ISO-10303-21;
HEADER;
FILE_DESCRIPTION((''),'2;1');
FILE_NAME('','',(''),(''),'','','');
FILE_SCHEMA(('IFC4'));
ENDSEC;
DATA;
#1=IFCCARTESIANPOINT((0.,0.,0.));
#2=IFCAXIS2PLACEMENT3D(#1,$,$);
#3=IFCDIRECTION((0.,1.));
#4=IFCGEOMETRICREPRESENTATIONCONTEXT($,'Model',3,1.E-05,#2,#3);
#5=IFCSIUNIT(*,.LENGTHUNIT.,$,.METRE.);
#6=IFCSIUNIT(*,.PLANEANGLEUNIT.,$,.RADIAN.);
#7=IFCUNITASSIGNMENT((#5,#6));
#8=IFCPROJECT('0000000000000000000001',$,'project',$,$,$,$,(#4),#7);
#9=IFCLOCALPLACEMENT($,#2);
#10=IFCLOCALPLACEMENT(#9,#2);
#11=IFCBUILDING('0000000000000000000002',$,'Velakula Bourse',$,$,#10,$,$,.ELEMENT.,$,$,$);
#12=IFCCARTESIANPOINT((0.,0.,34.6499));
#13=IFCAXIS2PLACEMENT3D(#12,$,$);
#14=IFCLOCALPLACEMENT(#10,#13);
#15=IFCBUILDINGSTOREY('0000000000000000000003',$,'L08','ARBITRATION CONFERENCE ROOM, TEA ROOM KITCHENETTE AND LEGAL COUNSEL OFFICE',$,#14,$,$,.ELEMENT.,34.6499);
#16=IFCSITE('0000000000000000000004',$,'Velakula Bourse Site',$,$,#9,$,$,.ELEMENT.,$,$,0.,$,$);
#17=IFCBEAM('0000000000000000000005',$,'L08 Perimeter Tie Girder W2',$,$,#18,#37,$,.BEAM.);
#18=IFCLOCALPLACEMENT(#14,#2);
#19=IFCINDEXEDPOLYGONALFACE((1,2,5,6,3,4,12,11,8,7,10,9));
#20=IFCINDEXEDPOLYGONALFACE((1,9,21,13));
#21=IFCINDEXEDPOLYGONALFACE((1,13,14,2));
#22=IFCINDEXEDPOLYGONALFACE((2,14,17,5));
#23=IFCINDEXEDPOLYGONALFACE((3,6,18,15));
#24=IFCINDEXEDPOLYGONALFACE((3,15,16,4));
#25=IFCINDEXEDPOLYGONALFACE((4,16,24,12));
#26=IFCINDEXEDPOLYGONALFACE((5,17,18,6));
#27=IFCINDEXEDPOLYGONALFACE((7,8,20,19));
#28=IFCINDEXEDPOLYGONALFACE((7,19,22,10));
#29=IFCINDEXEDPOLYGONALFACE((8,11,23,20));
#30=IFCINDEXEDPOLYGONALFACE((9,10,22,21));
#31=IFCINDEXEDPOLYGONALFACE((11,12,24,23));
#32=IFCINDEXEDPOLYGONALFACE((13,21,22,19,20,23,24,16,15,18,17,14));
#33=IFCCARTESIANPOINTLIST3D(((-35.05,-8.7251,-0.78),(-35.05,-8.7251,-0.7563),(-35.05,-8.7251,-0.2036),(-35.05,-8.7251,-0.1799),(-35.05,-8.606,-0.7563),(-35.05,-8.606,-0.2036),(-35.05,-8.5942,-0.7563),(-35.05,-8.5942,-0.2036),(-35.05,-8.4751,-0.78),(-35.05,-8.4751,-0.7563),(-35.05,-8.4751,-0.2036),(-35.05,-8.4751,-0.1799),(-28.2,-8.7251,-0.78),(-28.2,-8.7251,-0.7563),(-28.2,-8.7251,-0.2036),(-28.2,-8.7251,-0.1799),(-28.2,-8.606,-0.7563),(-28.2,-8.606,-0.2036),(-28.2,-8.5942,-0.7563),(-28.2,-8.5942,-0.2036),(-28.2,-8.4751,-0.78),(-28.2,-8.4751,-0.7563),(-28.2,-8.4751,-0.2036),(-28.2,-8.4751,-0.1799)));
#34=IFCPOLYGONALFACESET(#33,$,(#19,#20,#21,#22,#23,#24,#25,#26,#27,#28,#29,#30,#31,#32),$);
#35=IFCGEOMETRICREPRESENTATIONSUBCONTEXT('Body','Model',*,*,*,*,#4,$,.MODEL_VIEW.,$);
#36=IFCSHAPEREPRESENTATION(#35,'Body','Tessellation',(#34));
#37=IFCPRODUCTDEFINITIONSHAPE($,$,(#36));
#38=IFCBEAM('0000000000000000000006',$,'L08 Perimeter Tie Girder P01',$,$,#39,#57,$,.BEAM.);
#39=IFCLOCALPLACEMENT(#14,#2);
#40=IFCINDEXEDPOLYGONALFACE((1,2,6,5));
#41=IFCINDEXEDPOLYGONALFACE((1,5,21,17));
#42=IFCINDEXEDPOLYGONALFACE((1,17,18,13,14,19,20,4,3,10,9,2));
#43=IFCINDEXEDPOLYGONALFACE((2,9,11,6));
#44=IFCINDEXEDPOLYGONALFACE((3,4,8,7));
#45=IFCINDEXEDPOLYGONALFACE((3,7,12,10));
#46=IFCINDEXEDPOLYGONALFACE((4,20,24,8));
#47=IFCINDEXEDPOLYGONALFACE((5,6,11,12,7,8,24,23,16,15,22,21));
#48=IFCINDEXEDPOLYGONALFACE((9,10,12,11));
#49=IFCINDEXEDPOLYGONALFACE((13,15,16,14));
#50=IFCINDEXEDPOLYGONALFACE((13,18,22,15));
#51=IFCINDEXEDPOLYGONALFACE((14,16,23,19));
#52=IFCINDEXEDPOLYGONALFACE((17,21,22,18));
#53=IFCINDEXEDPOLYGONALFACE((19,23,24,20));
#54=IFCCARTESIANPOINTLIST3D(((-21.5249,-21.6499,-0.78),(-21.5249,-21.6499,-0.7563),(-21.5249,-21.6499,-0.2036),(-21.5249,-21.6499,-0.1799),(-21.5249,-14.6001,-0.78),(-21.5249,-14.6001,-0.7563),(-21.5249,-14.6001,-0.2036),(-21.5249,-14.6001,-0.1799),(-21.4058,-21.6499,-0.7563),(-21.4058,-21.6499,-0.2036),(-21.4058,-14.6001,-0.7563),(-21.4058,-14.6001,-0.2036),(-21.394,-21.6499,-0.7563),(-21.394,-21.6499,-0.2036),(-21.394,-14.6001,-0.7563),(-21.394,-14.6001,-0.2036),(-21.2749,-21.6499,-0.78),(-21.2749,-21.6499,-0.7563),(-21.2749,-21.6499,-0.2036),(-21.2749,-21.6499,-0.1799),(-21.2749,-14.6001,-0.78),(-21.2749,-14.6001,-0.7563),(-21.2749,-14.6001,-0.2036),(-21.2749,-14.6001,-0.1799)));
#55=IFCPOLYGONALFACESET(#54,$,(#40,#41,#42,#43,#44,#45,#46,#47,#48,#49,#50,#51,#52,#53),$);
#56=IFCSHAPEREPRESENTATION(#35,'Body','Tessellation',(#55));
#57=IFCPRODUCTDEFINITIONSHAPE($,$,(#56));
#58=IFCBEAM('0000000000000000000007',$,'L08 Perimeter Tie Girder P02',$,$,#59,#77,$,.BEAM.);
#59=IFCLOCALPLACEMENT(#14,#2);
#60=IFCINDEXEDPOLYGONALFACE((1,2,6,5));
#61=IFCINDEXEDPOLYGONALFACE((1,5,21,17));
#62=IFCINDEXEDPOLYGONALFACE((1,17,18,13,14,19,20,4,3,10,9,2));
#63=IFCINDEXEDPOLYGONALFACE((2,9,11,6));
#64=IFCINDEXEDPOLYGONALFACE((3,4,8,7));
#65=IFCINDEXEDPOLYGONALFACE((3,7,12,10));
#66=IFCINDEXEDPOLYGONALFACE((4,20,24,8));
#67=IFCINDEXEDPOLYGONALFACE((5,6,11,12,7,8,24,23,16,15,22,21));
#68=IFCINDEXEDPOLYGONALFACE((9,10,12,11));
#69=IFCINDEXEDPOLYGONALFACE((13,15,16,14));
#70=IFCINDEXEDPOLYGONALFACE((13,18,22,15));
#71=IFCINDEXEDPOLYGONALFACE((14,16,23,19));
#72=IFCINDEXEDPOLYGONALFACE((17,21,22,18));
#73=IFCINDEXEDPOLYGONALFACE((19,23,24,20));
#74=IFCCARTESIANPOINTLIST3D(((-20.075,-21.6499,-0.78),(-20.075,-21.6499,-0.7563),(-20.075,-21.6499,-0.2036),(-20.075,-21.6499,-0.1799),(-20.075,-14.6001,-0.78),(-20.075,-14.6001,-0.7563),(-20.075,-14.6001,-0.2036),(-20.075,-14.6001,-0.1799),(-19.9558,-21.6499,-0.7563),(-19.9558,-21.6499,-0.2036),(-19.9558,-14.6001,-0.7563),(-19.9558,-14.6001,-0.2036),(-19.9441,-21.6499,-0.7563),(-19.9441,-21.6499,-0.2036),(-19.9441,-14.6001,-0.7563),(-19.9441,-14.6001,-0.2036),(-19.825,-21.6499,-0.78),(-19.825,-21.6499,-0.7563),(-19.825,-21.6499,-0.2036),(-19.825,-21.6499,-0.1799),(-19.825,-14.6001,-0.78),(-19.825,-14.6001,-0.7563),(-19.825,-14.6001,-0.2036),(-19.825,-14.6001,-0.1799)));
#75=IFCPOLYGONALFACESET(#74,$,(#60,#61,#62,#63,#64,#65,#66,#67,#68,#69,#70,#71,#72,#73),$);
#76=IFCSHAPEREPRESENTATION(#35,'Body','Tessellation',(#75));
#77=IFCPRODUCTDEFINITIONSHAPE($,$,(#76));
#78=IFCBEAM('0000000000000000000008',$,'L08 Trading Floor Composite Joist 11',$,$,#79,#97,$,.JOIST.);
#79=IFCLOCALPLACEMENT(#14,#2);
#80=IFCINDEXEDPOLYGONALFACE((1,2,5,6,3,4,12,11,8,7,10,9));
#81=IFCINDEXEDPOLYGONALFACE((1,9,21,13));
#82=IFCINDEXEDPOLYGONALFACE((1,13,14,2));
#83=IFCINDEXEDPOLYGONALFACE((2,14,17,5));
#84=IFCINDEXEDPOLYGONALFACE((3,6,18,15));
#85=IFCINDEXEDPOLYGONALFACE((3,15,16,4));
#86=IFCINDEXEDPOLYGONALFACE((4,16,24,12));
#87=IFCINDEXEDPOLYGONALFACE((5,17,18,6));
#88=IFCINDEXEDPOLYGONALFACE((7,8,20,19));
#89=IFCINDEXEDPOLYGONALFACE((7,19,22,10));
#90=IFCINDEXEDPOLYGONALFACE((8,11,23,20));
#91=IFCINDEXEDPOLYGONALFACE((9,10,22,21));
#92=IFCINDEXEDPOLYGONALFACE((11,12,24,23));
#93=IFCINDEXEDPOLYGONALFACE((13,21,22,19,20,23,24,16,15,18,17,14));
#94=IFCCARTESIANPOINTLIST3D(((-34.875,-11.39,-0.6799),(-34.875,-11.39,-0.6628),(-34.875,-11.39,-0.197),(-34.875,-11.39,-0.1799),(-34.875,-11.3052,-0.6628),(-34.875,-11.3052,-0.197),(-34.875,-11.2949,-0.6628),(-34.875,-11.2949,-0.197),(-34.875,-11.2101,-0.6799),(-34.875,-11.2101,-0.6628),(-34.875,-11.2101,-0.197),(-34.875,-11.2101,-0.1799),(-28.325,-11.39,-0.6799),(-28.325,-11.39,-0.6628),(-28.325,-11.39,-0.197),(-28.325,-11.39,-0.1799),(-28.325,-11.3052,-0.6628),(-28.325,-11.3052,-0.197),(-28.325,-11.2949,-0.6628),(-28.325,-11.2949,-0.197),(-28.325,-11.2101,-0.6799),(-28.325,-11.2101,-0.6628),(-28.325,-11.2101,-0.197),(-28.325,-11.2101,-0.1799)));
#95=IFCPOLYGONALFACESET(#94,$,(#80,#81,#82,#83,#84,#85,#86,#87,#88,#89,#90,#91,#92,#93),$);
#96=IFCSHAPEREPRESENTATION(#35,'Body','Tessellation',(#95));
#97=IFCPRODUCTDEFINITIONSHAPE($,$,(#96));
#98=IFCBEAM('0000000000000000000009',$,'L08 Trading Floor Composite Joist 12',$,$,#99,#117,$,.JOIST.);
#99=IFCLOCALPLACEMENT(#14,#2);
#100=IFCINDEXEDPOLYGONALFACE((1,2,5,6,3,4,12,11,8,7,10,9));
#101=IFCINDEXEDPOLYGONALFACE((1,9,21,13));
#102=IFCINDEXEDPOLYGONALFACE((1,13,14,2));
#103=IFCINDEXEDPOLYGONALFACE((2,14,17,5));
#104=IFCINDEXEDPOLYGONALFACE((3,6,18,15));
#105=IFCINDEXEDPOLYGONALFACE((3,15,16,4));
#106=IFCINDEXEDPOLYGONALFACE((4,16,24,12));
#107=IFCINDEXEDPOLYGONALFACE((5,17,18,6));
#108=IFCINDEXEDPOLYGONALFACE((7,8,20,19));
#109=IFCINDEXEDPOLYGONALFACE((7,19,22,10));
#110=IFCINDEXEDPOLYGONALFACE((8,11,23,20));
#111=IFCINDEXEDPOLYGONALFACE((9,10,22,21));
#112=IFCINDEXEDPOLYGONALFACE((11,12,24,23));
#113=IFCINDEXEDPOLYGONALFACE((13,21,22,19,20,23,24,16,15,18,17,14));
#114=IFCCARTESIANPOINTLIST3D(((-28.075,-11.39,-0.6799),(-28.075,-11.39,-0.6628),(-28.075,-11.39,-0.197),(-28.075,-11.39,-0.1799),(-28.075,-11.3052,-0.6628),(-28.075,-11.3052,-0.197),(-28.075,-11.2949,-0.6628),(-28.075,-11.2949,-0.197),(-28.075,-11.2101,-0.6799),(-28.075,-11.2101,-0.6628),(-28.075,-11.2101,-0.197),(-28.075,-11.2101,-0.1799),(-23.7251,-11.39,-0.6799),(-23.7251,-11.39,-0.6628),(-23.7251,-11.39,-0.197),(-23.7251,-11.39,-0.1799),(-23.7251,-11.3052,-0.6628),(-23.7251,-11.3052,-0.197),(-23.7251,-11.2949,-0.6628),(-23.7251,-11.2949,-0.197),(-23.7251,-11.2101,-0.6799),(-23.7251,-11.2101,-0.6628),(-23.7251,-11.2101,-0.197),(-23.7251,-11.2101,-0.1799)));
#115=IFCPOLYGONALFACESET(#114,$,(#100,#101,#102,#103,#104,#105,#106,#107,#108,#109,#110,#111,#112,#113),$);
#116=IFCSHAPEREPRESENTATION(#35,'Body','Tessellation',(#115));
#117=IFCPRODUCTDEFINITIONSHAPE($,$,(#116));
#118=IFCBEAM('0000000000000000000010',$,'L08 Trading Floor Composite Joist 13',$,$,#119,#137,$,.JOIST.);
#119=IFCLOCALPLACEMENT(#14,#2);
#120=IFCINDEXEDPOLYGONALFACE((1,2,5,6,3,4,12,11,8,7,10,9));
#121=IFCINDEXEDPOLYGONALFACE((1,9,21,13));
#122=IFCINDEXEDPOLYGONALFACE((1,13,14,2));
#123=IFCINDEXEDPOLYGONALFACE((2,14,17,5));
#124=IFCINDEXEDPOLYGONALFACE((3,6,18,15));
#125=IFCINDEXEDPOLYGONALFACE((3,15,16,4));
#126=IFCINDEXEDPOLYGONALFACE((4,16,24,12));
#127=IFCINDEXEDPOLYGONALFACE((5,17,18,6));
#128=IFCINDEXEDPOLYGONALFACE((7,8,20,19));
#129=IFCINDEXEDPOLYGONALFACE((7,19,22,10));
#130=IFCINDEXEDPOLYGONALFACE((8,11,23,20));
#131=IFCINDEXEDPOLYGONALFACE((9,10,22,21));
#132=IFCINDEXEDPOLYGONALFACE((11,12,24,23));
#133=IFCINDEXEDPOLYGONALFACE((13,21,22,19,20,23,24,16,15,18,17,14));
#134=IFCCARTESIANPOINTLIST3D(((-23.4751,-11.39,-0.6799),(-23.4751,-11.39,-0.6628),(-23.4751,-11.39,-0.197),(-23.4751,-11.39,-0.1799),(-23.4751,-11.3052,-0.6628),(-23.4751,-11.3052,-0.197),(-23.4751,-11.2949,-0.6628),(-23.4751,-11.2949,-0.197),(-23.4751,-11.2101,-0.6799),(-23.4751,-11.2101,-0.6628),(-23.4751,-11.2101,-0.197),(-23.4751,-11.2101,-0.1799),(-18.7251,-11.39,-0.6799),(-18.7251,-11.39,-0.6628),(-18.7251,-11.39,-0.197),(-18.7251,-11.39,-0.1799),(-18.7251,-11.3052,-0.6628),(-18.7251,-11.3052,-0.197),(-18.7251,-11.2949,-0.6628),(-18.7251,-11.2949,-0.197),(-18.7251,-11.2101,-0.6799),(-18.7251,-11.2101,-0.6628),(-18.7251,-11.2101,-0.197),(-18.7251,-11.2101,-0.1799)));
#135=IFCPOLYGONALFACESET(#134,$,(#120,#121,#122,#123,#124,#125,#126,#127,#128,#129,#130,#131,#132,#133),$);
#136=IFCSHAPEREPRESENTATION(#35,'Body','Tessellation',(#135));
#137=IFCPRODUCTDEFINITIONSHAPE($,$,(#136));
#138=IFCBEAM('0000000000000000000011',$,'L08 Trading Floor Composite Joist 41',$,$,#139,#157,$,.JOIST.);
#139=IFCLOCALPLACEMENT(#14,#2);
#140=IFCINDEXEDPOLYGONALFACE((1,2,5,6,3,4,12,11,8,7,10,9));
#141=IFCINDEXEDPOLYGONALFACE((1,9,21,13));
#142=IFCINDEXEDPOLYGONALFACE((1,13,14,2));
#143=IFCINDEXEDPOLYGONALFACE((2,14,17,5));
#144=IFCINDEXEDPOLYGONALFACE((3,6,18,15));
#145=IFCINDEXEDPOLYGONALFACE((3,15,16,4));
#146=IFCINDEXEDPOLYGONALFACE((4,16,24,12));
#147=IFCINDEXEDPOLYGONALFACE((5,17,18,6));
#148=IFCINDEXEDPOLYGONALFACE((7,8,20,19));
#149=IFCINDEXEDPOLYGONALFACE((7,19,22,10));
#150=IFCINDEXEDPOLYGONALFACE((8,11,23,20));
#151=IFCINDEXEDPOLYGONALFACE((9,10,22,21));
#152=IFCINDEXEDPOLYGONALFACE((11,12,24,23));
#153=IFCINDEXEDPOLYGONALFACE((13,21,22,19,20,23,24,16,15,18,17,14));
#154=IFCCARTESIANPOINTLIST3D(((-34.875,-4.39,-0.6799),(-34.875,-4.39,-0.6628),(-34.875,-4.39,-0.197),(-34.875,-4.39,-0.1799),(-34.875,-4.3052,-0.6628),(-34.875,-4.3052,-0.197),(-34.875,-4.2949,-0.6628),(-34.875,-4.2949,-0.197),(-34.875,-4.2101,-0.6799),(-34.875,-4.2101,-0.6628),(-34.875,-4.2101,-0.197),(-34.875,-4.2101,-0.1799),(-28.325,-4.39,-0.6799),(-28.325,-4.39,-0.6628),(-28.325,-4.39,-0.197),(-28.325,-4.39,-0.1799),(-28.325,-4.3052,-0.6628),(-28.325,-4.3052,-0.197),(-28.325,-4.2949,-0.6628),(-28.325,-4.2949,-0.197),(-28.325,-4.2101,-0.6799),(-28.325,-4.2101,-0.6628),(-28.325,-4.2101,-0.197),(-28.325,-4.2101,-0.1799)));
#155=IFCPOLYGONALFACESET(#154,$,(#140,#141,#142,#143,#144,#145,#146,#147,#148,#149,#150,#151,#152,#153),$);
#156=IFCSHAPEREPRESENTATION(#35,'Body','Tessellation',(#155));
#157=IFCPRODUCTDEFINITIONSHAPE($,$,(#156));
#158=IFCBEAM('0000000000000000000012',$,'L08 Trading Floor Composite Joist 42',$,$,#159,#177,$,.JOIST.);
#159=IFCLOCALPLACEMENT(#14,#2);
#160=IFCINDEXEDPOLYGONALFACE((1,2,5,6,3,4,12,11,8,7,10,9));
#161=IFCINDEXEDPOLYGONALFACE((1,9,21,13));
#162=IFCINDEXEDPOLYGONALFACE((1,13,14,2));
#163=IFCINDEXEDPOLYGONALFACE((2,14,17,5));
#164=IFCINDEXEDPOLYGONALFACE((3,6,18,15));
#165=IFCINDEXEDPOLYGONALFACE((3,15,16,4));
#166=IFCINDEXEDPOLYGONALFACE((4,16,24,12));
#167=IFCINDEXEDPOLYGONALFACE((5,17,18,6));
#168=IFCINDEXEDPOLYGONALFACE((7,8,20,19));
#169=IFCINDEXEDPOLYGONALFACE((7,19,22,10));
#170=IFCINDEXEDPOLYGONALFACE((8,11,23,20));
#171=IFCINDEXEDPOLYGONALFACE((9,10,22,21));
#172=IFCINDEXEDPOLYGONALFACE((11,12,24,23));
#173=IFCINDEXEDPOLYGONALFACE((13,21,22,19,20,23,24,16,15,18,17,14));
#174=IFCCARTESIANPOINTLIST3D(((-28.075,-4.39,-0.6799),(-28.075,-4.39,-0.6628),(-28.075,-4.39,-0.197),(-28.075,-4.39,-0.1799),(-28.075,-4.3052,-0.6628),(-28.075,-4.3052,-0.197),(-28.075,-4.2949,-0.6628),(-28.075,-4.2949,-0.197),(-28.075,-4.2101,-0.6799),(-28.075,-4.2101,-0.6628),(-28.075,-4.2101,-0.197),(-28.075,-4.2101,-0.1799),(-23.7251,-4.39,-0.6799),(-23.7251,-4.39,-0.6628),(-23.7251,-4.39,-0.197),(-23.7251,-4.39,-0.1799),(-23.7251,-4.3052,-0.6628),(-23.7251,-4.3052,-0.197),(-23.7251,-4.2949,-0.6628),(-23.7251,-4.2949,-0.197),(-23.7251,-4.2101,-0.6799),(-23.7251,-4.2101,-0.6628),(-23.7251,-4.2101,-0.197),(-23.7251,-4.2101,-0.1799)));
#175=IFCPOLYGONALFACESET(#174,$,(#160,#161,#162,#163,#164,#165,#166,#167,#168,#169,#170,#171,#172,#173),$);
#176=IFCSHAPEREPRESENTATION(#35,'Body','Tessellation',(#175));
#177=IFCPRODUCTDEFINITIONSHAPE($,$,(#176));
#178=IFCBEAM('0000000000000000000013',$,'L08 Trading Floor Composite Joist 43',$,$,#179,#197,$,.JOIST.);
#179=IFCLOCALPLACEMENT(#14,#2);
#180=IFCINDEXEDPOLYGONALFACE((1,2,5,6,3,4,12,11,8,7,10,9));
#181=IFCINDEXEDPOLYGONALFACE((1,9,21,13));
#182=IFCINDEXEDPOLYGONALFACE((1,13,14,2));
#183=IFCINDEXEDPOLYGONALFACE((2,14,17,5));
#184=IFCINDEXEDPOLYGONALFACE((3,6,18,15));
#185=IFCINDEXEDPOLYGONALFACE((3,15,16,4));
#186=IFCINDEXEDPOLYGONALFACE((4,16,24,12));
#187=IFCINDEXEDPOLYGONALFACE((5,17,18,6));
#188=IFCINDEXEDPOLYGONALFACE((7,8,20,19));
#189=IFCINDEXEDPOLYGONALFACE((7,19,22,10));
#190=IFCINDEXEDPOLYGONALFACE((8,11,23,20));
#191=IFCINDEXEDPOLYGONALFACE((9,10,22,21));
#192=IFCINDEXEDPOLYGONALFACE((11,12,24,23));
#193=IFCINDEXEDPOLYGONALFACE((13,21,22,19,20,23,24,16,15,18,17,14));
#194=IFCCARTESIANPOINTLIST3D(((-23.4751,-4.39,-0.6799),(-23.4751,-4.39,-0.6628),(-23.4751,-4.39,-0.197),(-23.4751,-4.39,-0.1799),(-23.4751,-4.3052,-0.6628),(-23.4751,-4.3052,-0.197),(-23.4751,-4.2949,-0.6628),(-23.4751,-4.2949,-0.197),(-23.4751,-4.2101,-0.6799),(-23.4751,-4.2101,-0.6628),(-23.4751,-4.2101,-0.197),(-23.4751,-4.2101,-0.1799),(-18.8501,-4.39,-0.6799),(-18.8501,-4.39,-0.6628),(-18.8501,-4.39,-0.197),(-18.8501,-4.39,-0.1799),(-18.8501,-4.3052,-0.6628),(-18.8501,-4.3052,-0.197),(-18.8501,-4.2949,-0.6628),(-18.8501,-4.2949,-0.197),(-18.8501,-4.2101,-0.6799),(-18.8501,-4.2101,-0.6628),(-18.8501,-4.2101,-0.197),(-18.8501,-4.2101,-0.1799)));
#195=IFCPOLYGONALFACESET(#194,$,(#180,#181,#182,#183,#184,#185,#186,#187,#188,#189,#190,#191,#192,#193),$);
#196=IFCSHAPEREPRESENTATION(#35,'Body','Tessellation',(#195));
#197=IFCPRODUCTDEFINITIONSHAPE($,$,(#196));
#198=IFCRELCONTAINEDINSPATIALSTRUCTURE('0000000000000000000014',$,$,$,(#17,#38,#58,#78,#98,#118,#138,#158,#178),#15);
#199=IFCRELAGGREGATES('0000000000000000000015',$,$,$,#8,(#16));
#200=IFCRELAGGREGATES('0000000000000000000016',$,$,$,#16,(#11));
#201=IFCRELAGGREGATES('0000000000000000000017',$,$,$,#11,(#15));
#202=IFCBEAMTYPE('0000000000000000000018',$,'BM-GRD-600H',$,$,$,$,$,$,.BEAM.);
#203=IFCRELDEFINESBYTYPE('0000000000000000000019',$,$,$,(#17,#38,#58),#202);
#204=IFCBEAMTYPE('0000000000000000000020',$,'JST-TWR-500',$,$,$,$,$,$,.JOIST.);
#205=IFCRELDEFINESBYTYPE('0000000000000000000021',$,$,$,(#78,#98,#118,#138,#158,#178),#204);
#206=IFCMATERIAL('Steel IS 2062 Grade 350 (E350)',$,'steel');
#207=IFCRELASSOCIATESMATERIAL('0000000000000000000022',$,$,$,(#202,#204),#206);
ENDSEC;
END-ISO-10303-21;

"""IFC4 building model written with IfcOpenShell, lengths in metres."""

from ifc_helpers import new_model, si_unit, direction, frame, origin, origin_2d, place, context, subcontext, project, spatial, i_section, extrude, material, material_profile, profile_set, type_object, element, save


model = new_model("IFC4")

# Units and contexts
model_context = context("Model", 3, precision=1e-05, world=origin(), true_north=direction((0.0, 1.0)))
body_context = subcontext(model_context, "Body", "Model", "MODEL_VIEW")
ifc_project = project(units=[si_unit("LENGTHUNIT", "METRE"), si_unit("PLANEANGLEUNIT", "RADIAN")], contexts=[model_context])

# Site, building, storey
site_placement = place(None, origin())
site = spatial("IfcSite", under=ifc_project, at=site_placement, Name="Velakula Bourse Site", CompositionType="ELEMENT", RefElevation=0.0)
building_placement = place(site_placement, origin())
building = spatial("IfcBuilding", under=site, at=building_placement, Name="Velakula Bourse", CompositionType="ELEMENT")
storey_placement = place(building_placement, frame((0.0, 0.0, 34.6499)))
storey = spatial("IfcBuildingStorey", under=building, at=storey_placement, Name="L08", Description="ARBITRATION CONFERENCE ROOM, TEA ROOM KITCHENETTE AND LEGAL COUNSEL OFFICE", CompositionType="ELEMENT", Elevation=34.6499)

# Beams
ifc_material_1 = material(Name="Steel IS 2062 Grade 350 (E350)", Category="steel")
ifc_material_profile_1 = material_profile(ifc_material_1, i_section(OverallWidth=0.25, OverallDepth=0.6001, WebThickness=0.0117, FlangeThickness=0.0237, at=origin_2d()), Name="Steel IS 2062 Grade 350 (E350)")
ifc_profile_set_1 = profile_set([ifc_material_profile_1], Name="Steel IS 2062 Grade 350 (E350)")
beam_type_1 = type_object("IfcBeamType", Name="BM-GRD-600H", PredefinedType="BEAM", material=ifc_profile_set_1)
beam_1_placement = place(storey_placement, frame((-28.2, -8.6001, -0.48), z_axis=(-1.0, 0.0, 0.0), x_axis=(0.0, -1.0, 0.0)))
element("IfcBeam", 1, at=beam_1_placement, inside=storey, type_object=beam_type_1, Name="L08 Perimeter Tie Girder W2", PredefinedType="BEAM", context=body_context, shape_type="SweptSolid", body=[
    extrude(i_section(OverallWidth=0.25, OverallDepth=0.6001, WebThickness=0.0117, FlangeThickness=0.0237, at=origin_2d()), origin(), (0.0, 0.0, 1.0), 6.8501),
])
for number, where, z_axis, x_axis, name in (
    (2, (-21.3999, -14.6001, -0.48), (0.0, -1.0, 0.0), (1.0, 0.0, 0.0), "L08 Perimeter Tie Girder P01"),
    (3, (-19.95, -14.6001, -0.48), (0.0, -1.0, 0.0), (1.0, 0.0, 0.0), "L08 Perimeter Tie Girder P02"),
):
    element("IfcBeam", number, at=place(storey_placement, frame(where, z_axis=z_axis, x_axis=x_axis)), inside=storey, type_object=beam_type_1, Name=name, PredefinedType="BEAM", context=body_context, shape_type="SweptSolid", body=[
        extrude(i_section(OverallWidth=0.25, OverallDepth=0.6001, WebThickness=0.0117, FlangeThickness=0.0237, at=origin_2d()), origin(), (0.0, 0.0, 1.0), 7.0498),
    ])
ifc_material_profile_2 = material_profile(ifc_material_1, i_section(OverallWidth=0.1799, OverallDepth=0.5, WebThickness=0.0103, FlangeThickness=0.0171, at=origin_2d()), Name="Steel IS 2062 Grade 350 (E350)")
ifc_profile_set_2 = profile_set([ifc_material_profile_2], Name="Steel IS 2062 Grade 350 (E350)")
beam_type_2 = type_object("IfcBeamType", Name="JST-TWR-500", PredefinedType="JOIST", material=ifc_profile_set_2)
beam_2_placement = place(storey_placement, frame((-34.875, -11.3, -0.4299), z_axis=(1.0, 0.0, 0.0), x_axis=(0.0, 1.0, 0.0)))
element("IfcBeam", 4, at=beam_2_placement, inside=storey, type_object=beam_type_2, Name="L08 Trading Floor Composite Joist 11", PredefinedType="JOIST", context=body_context, shape_type="SweptSolid", body=[
    extrude(i_section(OverallWidth=0.1799, OverallDepth=0.5, WebThickness=0.0103, FlangeThickness=0.0171, at=origin_2d()), origin(), (0.0, 0.0, 1.0), 6.55),
])
beam_3_placement = place(storey_placement, frame((-28.075, -11.3, -0.4299), z_axis=(1.0, 0.0, 0.0), x_axis=(0.0, 1.0, 0.0)))
element("IfcBeam", 5, at=beam_3_placement, inside=storey, type_object=beam_type_2, Name="L08 Trading Floor Composite Joist 12", PredefinedType="JOIST", context=body_context, shape_type="SweptSolid", body=[
    extrude(i_section(OverallWidth=0.1799, OverallDepth=0.5, WebThickness=0.0103, FlangeThickness=0.0171, at=origin_2d()), origin(), (0.0, 0.0, 1.0), 4.3499),
])
beam_4_placement = place(storey_placement, frame((-23.4751, -11.3, -0.4299), z_axis=(1.0, 0.0, 0.0), x_axis=(0.0, 1.0, 0.0)))
element("IfcBeam", 6, at=beam_4_placement, inside=storey, type_object=beam_type_2, Name="L08 Trading Floor Composite Joist 13", PredefinedType="JOIST", context=body_context, shape_type="SweptSolid", body=[
    extrude(i_section(OverallWidth=0.1799, OverallDepth=0.5, WebThickness=0.0103, FlangeThickness=0.0171, at=origin_2d()), origin(), (0.0, 0.0, 1.0), 4.75),
])
beam_5_placement = place(storey_placement, frame((-34.875, -4.3, -0.4299), z_axis=(1.0, 0.0, 0.0), x_axis=(0.0, 1.0, 0.0)))
element("IfcBeam", 7, at=beam_5_placement, inside=storey, type_object=beam_type_2, Name="L08 Trading Floor Composite Joist 41", PredefinedType="JOIST", context=body_context, shape_type="SweptSolid", body=[
    extrude(i_section(OverallWidth=0.1799, OverallDepth=0.5, WebThickness=0.0103, FlangeThickness=0.0171, at=origin_2d()), origin(), (0.0, 0.0, 1.0), 6.55),
])
beam_6_placement = place(storey_placement, frame((-28.075, -4.3, -0.4299), z_axis=(1.0, 0.0, 0.0), x_axis=(0.0, 1.0, 0.0)))
element("IfcBeam", 8, at=beam_6_placement, inside=storey, type_object=beam_type_2, Name="L08 Trading Floor Composite Joist 42", PredefinedType="JOIST", context=body_context, shape_type="SweptSolid", body=[
    extrude(i_section(OverallWidth=0.1799, OverallDepth=0.5, WebThickness=0.0103, FlangeThickness=0.0171, at=origin_2d()), origin(), (0.0, 0.0, 1.0), 4.3499),
])
beam_7_placement = place(storey_placement, frame((-23.4751, -4.3, -0.4299), z_axis=(1.0, 0.0, 0.0), x_axis=(0.0, 1.0, 0.0)))
element("IfcBeam", 9, at=beam_7_placement, inside=storey, type_object=beam_type_2, Name="L08 Trading Floor Composite Joist 43", PredefinedType="JOIST", context=body_context, shape_type="SweptSolid", body=[
    extrude(i_section(OverallWidth=0.1799, OverallDepth=0.5, WebThickness=0.0103, FlangeThickness=0.0171, at=origin_2d()), origin(), (0.0, 0.0, 1.0), 4.625),
])

save(model, "model.ifc")
